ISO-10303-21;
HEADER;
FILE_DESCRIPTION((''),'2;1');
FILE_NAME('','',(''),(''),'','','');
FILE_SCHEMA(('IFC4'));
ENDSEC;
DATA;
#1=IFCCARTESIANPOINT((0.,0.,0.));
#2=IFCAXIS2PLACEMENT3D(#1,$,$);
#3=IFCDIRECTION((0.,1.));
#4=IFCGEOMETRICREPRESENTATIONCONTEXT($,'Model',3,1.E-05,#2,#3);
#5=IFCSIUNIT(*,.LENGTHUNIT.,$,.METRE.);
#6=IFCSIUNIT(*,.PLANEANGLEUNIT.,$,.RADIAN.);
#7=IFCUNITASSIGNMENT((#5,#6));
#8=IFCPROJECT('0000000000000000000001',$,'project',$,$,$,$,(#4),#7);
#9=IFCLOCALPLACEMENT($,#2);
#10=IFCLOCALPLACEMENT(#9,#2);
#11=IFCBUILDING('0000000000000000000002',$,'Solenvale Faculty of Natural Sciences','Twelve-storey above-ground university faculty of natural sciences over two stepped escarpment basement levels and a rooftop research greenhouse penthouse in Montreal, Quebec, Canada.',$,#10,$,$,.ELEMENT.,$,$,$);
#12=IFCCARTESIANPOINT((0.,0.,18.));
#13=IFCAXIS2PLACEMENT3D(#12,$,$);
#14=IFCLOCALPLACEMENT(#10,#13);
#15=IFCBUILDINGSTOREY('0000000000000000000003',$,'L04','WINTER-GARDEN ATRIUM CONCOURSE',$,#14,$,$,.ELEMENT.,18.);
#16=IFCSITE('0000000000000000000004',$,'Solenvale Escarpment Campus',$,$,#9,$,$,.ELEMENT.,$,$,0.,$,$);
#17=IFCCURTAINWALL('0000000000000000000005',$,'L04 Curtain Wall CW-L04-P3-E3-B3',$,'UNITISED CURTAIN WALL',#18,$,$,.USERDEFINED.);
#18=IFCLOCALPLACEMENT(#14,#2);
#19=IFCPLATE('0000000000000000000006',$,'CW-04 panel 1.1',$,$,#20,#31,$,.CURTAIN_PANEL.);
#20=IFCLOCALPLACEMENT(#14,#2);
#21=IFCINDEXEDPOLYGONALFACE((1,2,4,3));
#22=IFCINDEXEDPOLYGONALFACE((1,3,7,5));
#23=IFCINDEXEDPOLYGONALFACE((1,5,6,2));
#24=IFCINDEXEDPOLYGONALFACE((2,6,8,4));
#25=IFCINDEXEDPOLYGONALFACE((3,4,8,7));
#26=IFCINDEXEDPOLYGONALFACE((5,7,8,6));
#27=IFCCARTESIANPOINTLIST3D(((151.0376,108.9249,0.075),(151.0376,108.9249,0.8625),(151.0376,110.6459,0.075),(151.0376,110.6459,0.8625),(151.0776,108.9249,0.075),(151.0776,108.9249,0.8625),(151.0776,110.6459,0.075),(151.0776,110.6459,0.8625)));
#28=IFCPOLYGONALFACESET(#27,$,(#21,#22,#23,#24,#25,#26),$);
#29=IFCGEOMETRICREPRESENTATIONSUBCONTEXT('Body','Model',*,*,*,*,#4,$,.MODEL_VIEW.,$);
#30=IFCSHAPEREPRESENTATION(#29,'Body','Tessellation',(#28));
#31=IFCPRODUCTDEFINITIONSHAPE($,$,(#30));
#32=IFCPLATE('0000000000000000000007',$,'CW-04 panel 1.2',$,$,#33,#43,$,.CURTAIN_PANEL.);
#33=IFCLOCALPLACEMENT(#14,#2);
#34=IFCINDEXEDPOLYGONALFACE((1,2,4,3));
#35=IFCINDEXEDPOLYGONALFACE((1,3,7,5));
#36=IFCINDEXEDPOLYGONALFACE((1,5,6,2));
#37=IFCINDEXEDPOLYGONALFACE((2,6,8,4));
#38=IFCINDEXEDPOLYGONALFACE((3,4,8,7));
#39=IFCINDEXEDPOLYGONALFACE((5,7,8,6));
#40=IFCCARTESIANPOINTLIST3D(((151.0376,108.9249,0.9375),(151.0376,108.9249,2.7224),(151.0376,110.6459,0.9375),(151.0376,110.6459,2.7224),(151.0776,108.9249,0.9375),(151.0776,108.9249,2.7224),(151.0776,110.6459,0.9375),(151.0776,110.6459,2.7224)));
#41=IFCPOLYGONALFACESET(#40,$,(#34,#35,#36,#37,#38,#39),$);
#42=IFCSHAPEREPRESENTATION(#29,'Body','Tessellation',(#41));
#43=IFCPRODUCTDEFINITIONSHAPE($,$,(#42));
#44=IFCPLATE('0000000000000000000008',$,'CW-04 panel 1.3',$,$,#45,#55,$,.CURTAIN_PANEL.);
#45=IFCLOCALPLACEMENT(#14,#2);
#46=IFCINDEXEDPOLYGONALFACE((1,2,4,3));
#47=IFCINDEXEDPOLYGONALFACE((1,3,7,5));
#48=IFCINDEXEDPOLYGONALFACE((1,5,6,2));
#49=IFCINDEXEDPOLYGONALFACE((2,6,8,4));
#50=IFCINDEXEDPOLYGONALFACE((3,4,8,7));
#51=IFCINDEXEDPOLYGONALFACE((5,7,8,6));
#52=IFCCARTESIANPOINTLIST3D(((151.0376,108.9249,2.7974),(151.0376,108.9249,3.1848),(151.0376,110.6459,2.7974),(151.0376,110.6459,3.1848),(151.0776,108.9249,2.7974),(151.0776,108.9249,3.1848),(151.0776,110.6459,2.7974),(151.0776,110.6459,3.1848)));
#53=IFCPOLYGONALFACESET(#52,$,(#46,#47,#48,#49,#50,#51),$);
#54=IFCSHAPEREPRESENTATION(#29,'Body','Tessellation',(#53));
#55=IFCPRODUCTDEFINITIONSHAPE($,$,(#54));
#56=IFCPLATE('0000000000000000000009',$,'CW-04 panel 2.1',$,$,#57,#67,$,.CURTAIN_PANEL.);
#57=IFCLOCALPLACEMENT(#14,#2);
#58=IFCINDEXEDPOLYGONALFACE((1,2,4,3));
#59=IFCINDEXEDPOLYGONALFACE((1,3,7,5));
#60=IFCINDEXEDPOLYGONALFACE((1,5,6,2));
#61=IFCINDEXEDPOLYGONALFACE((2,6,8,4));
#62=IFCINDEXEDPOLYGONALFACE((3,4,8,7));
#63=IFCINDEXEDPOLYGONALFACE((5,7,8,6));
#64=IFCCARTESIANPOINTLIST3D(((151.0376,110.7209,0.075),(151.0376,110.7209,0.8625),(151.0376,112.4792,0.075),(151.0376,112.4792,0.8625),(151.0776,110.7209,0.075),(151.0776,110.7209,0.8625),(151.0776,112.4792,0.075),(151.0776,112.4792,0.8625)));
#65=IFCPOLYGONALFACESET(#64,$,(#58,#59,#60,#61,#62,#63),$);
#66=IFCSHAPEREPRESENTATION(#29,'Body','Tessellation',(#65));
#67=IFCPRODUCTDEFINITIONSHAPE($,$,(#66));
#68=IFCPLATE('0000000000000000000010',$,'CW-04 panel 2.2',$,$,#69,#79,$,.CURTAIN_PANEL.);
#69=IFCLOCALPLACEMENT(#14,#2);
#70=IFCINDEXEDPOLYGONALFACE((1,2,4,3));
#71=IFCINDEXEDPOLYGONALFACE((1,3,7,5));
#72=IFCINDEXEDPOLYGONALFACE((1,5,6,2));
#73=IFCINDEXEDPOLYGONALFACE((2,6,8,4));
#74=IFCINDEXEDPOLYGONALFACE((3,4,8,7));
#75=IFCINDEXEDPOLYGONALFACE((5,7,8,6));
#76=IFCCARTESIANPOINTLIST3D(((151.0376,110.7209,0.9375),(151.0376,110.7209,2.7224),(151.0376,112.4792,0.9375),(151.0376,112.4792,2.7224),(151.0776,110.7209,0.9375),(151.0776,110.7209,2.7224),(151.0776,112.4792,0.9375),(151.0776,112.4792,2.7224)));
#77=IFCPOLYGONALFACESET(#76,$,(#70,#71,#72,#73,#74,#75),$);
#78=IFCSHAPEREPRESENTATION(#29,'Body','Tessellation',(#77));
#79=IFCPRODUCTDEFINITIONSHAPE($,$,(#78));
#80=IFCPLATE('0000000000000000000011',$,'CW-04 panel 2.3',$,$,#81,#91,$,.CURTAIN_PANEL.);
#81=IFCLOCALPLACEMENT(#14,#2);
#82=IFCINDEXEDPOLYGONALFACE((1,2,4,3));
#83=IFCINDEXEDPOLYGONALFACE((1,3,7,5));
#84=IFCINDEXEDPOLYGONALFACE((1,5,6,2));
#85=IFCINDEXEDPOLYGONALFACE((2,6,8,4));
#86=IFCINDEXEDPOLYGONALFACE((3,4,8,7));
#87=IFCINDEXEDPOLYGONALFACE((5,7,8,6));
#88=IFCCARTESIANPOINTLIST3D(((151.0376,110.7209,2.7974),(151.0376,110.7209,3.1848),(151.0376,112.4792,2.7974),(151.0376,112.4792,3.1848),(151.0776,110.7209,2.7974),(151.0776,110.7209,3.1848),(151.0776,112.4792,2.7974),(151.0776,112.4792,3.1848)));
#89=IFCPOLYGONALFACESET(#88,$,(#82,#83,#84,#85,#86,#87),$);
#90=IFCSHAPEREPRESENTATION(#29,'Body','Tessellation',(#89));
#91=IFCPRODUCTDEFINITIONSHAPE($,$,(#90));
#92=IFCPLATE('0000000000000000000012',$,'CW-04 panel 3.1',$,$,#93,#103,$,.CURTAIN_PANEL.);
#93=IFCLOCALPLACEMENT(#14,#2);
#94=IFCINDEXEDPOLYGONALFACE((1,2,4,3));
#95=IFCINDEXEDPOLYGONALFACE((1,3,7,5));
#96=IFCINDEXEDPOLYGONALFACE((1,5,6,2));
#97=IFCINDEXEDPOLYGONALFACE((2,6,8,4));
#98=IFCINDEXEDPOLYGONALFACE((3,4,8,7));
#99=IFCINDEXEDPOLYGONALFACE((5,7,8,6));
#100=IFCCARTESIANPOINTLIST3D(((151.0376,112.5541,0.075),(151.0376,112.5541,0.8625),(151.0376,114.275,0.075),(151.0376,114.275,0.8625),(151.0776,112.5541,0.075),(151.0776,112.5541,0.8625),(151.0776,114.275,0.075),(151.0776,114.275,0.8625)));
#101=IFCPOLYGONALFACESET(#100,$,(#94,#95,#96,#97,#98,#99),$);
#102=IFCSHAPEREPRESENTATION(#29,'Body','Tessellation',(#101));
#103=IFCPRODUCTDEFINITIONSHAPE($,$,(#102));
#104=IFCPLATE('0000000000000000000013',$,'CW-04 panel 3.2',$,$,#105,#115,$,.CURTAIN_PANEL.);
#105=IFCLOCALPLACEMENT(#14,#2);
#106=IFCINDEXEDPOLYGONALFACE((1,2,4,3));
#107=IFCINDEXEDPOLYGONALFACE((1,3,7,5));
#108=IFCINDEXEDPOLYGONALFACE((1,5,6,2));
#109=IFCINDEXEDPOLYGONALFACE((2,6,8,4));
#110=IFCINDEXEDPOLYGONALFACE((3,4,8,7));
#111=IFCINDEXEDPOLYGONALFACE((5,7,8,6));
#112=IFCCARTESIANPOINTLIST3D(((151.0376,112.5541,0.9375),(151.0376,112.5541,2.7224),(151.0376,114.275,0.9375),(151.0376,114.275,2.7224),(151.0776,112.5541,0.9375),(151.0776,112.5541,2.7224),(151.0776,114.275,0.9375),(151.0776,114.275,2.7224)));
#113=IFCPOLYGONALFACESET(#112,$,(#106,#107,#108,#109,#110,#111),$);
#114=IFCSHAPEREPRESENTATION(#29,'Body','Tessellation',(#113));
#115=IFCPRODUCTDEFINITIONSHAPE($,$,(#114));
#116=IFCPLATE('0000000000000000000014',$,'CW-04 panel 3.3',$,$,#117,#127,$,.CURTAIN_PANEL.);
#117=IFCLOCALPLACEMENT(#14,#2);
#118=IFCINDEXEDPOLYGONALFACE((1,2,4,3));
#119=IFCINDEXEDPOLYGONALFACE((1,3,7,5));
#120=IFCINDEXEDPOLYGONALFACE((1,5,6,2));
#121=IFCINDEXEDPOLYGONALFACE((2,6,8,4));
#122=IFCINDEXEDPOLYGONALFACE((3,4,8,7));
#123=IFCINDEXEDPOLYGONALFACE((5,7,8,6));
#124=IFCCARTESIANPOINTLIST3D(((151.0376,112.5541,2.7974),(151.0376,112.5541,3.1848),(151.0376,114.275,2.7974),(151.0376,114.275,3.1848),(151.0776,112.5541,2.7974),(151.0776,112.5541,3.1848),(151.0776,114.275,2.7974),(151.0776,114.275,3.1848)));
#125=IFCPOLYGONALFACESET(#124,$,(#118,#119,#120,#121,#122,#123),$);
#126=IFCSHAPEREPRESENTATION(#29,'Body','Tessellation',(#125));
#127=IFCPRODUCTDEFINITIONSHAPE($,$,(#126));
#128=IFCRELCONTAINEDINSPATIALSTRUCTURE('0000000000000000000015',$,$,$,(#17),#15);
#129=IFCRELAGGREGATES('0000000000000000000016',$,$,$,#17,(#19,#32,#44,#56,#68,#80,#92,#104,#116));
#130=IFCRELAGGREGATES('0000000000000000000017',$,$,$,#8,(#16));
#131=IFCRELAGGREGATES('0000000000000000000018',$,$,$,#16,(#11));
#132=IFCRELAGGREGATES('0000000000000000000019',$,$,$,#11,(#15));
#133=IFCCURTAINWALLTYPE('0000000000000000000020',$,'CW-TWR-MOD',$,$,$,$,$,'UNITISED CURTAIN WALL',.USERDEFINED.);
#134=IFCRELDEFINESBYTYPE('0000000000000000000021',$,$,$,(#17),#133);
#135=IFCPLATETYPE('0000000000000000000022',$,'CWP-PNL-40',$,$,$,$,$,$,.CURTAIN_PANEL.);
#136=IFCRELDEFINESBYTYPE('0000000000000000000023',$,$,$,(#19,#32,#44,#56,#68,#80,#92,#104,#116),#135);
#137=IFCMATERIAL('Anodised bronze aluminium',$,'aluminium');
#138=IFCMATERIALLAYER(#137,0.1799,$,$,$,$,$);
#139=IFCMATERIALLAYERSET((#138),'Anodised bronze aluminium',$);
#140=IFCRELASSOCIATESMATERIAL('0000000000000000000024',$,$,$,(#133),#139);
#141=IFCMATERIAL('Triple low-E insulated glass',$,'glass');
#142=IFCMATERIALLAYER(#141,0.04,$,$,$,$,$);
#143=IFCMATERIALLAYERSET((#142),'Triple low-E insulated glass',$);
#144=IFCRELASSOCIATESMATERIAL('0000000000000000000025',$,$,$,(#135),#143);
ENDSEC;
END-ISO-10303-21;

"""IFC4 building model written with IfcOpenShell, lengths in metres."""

from ifc_helpers import new_model, si_unit, direction, frame, origin, origin_2d, place, context, subcontext, project, spatial, rectangle, extrude, material, layer, layer_set, type_object, element, aggregate, save


model = new_model("IFC4")

# Units and contexts
model_context = context("Model", 3, precision=1e-05, world=origin(), true_north=direction((0.0, 1.0)))
body_context = subcontext(model_context, "Body", "Model", "MODEL_VIEW")
ifc_project = project(units=[si_unit("LENGTHUNIT", "METRE"), si_unit("PLANEANGLEUNIT", "RADIAN")], contexts=[model_context])

# Site, building, storey
site_placement = place(None, origin())
site = spatial("IfcSite", under=ifc_project, at=site_placement, Name="Solenvale Escarpment Campus", CompositionType="ELEMENT", RefElevation=0.0)
building_placement = place(site_placement, origin())
building = spatial("IfcBuilding", under=site, at=building_placement, Name="Solenvale Faculty of Natural Sciences", Description="Twelve-storey above-ground university faculty of natural sciences over two stepped escarpment basement levels and a rooftop research greenhouse penthouse in Montreal, Quebec, Canada.", CompositionType="ELEMENT")
storey_placement = place(building_placement, frame((0.0, 0.0, 18.0)))
storey = spatial("IfcBuildingStorey", under=building, at=storey_placement, Name="L04", Description="WINTER-GARDEN ATRIUM CONCOURSE", CompositionType="ELEMENT", Elevation=18.0)

# Curtain wall, plates
ifc_material_1 = material(Name="Anodised bronze aluminium", Category="aluminium")
ifc_layer_1 = layer(ifc_material_1, 0.1799)
ifc_layer_set_1 = layer_set([ifc_layer_1], Name="Anodised bronze aluminium")
curtain_wall_type = type_object("IfcCurtainWallType", Name="CW-TWR-MOD", ElementType="UNITISED CURTAIN WALL", PredefinedType="USERDEFINED", material=ifc_layer_set_1)
curtain_wall_placement = place(storey_placement, origin())
curtain_wall = element("IfcCurtainWall", 1, at=curtain_wall_placement, inside=storey, type_object=curtain_wall_type, Name="L04 Curtain Wall CW-L04-P3-E3-B3", ObjectType="UNITISED CURTAIN WALL", PredefinedType="USERDEFINED")
ifc_material_2 = material(Name="Triple low-E insulated glass", Category="glass")
ifc_layer_2 = layer(ifc_material_2, 0.04)
ifc_layer_set_2 = layer_set([ifc_layer_2], Name="Triple low-E insulated glass")
plate_type = type_object("IfcPlateType", Name="CWP-PNL-40", PredefinedType="CURTAIN_PANEL", material=ifc_layer_set_2)
plate_1_placement = place(storey_placement, frame((151.0576, 109.7854, 0.075), z_axis=(0.0, 0.0, 1.0), x_axis=(0.0, 1.0, 0.0)))
plate_1 = element("IfcPlate", 2, at=plate_1_placement, type_object=plate_type, Name="CW-04 panel 1.1", PredefinedType="CURTAIN_PANEL", context=body_context, shape_type="SweptSolid", body=[
    extrude(rectangle(XDim=1.7209, YDim=0.04, at=origin_2d()), origin(), (0.0, 0.0, 1.0), 0.7876),
])
plate_2_placement = place(storey_placement, frame((151.0576, 109.7854, 0.9375), z_axis=(0.0, 0.0, 1.0), x_axis=(0.0, 1.0, 0.0)))
plate_2 = element("IfcPlate", 3, at=plate_2_placement, type_object=plate_type, Name="CW-04 panel 1.2", PredefinedType="CURTAIN_PANEL", context=body_context, shape_type="SweptSolid", body=[
    extrude(rectangle(XDim=1.7209, YDim=0.04, at=origin_2d()), origin(), (0.0, 0.0, 1.0), 1.7849),
])
plate_3_placement = place(storey_placement, frame((151.0576, 109.7854, 2.7974), z_axis=(0.0, 0.0, 1.0), x_axis=(0.0, 1.0, 0.0)))
plate_3 = element("IfcPlate", 4, at=plate_3_placement, type_object=plate_type, Name="CW-04 panel 1.3", PredefinedType="CURTAIN_PANEL", context=body_context, shape_type="SweptSolid", body=[
    extrude(rectangle(XDim=1.7209, YDim=0.04, at=origin_2d()), origin(), (0.0, 0.0, 1.0), 0.3875),
])
plate_4_placement = place(storey_placement, frame((151.0576, 111.6001, 0.075), z_axis=(0.0, 0.0, 1.0), x_axis=(0.0, 1.0, 0.0)))
plate_4 = element("IfcPlate", 5, at=plate_4_placement, type_object=plate_type, Name="CW-04 panel 2.1", PredefinedType="CURTAIN_PANEL", context=body_context, shape_type="SweptSolid", body=[
    extrude(rectangle(XDim=1.7583, YDim=0.04, at=origin_2d()), origin(), (0.0, 0.0, 1.0), 0.7876),
])
plate_5_placement = place(storey_placement, frame((151.0576, 111.6001, 0.9375), z_axis=(0.0, 0.0, 1.0), x_axis=(0.0, 1.0, 0.0)))
plate_5 = element("IfcPlate", 6, at=plate_5_placement, type_object=plate_type, Name="CW-04 panel 2.2", PredefinedType="CURTAIN_PANEL", context=body_context, shape_type="SweptSolid", body=[
    extrude(rectangle(XDim=1.7583, YDim=0.04, at=origin_2d()), origin(), (0.0, 0.0, 1.0), 1.7849),
])
plate_6_placement = place(storey_placement, frame((151.0576, 111.6001, 2.7974), z_axis=(0.0, 0.0, 1.0), x_axis=(0.0, 1.0, 0.0)))
plate_6 = element("IfcPlate", 7, at=plate_6_placement, type_object=plate_type, Name="CW-04 panel 2.3", PredefinedType="CURTAIN_PANEL", context=body_context, shape_type="SweptSolid", body=[
    extrude(rectangle(XDim=1.7583, YDim=0.04, at=origin_2d()), origin(), (0.0, 0.0, 1.0), 0.3875),
])
plate_7_placement = place(storey_placement, frame((151.0576, 113.4146, 0.075), z_axis=(0.0, 0.0, 1.0), x_axis=(0.0, 1.0, 0.0)))
plate_7 = element("IfcPlate", 8, at=plate_7_placement, type_object=plate_type, Name="CW-04 panel 3.1", PredefinedType="CURTAIN_PANEL", context=body_context, shape_type="SweptSolid", body=[
    extrude(rectangle(XDim=1.7209, YDim=0.04, at=origin_2d()), origin(), (0.0, 0.0, 1.0), 0.7876),
])
plate_8_placement = place(storey_placement, frame((151.0576, 113.4146, 0.9375), z_axis=(0.0, 0.0, 1.0), x_axis=(0.0, 1.0, 0.0)))
plate_8 = element("IfcPlate", 9, at=plate_8_placement, type_object=plate_type, Name="CW-04 panel 3.2", PredefinedType="CURTAIN_PANEL", context=body_context, shape_type="SweptSolid", body=[
    extrude(rectangle(XDim=1.7209, YDim=0.04, at=origin_2d()), origin(), (0.0, 0.0, 1.0), 1.7849),
])
plate_9_placement = place(storey_placement, frame((151.0576, 113.4146, 2.7974), z_axis=(0.0, 0.0, 1.0), x_axis=(0.0, 1.0, 0.0)))
plate_9 = element("IfcPlate", 10, at=plate_9_placement, type_object=plate_type, Name="CW-04 panel 3.3", PredefinedType="CURTAIN_PANEL", context=body_context, shape_type="SweptSolid", body=[
    extrude(rectangle(XDim=1.7209, YDim=0.04, at=origin_2d()), origin(), (0.0, 0.0, 1.0), 0.3875),
])
aggregate(curtain_wall, [plate_1, plate_2, plate_3, plate_4, plate_5, plate_6, plate_7, plate_8, plate_9])

save(model, "model.ifc")
